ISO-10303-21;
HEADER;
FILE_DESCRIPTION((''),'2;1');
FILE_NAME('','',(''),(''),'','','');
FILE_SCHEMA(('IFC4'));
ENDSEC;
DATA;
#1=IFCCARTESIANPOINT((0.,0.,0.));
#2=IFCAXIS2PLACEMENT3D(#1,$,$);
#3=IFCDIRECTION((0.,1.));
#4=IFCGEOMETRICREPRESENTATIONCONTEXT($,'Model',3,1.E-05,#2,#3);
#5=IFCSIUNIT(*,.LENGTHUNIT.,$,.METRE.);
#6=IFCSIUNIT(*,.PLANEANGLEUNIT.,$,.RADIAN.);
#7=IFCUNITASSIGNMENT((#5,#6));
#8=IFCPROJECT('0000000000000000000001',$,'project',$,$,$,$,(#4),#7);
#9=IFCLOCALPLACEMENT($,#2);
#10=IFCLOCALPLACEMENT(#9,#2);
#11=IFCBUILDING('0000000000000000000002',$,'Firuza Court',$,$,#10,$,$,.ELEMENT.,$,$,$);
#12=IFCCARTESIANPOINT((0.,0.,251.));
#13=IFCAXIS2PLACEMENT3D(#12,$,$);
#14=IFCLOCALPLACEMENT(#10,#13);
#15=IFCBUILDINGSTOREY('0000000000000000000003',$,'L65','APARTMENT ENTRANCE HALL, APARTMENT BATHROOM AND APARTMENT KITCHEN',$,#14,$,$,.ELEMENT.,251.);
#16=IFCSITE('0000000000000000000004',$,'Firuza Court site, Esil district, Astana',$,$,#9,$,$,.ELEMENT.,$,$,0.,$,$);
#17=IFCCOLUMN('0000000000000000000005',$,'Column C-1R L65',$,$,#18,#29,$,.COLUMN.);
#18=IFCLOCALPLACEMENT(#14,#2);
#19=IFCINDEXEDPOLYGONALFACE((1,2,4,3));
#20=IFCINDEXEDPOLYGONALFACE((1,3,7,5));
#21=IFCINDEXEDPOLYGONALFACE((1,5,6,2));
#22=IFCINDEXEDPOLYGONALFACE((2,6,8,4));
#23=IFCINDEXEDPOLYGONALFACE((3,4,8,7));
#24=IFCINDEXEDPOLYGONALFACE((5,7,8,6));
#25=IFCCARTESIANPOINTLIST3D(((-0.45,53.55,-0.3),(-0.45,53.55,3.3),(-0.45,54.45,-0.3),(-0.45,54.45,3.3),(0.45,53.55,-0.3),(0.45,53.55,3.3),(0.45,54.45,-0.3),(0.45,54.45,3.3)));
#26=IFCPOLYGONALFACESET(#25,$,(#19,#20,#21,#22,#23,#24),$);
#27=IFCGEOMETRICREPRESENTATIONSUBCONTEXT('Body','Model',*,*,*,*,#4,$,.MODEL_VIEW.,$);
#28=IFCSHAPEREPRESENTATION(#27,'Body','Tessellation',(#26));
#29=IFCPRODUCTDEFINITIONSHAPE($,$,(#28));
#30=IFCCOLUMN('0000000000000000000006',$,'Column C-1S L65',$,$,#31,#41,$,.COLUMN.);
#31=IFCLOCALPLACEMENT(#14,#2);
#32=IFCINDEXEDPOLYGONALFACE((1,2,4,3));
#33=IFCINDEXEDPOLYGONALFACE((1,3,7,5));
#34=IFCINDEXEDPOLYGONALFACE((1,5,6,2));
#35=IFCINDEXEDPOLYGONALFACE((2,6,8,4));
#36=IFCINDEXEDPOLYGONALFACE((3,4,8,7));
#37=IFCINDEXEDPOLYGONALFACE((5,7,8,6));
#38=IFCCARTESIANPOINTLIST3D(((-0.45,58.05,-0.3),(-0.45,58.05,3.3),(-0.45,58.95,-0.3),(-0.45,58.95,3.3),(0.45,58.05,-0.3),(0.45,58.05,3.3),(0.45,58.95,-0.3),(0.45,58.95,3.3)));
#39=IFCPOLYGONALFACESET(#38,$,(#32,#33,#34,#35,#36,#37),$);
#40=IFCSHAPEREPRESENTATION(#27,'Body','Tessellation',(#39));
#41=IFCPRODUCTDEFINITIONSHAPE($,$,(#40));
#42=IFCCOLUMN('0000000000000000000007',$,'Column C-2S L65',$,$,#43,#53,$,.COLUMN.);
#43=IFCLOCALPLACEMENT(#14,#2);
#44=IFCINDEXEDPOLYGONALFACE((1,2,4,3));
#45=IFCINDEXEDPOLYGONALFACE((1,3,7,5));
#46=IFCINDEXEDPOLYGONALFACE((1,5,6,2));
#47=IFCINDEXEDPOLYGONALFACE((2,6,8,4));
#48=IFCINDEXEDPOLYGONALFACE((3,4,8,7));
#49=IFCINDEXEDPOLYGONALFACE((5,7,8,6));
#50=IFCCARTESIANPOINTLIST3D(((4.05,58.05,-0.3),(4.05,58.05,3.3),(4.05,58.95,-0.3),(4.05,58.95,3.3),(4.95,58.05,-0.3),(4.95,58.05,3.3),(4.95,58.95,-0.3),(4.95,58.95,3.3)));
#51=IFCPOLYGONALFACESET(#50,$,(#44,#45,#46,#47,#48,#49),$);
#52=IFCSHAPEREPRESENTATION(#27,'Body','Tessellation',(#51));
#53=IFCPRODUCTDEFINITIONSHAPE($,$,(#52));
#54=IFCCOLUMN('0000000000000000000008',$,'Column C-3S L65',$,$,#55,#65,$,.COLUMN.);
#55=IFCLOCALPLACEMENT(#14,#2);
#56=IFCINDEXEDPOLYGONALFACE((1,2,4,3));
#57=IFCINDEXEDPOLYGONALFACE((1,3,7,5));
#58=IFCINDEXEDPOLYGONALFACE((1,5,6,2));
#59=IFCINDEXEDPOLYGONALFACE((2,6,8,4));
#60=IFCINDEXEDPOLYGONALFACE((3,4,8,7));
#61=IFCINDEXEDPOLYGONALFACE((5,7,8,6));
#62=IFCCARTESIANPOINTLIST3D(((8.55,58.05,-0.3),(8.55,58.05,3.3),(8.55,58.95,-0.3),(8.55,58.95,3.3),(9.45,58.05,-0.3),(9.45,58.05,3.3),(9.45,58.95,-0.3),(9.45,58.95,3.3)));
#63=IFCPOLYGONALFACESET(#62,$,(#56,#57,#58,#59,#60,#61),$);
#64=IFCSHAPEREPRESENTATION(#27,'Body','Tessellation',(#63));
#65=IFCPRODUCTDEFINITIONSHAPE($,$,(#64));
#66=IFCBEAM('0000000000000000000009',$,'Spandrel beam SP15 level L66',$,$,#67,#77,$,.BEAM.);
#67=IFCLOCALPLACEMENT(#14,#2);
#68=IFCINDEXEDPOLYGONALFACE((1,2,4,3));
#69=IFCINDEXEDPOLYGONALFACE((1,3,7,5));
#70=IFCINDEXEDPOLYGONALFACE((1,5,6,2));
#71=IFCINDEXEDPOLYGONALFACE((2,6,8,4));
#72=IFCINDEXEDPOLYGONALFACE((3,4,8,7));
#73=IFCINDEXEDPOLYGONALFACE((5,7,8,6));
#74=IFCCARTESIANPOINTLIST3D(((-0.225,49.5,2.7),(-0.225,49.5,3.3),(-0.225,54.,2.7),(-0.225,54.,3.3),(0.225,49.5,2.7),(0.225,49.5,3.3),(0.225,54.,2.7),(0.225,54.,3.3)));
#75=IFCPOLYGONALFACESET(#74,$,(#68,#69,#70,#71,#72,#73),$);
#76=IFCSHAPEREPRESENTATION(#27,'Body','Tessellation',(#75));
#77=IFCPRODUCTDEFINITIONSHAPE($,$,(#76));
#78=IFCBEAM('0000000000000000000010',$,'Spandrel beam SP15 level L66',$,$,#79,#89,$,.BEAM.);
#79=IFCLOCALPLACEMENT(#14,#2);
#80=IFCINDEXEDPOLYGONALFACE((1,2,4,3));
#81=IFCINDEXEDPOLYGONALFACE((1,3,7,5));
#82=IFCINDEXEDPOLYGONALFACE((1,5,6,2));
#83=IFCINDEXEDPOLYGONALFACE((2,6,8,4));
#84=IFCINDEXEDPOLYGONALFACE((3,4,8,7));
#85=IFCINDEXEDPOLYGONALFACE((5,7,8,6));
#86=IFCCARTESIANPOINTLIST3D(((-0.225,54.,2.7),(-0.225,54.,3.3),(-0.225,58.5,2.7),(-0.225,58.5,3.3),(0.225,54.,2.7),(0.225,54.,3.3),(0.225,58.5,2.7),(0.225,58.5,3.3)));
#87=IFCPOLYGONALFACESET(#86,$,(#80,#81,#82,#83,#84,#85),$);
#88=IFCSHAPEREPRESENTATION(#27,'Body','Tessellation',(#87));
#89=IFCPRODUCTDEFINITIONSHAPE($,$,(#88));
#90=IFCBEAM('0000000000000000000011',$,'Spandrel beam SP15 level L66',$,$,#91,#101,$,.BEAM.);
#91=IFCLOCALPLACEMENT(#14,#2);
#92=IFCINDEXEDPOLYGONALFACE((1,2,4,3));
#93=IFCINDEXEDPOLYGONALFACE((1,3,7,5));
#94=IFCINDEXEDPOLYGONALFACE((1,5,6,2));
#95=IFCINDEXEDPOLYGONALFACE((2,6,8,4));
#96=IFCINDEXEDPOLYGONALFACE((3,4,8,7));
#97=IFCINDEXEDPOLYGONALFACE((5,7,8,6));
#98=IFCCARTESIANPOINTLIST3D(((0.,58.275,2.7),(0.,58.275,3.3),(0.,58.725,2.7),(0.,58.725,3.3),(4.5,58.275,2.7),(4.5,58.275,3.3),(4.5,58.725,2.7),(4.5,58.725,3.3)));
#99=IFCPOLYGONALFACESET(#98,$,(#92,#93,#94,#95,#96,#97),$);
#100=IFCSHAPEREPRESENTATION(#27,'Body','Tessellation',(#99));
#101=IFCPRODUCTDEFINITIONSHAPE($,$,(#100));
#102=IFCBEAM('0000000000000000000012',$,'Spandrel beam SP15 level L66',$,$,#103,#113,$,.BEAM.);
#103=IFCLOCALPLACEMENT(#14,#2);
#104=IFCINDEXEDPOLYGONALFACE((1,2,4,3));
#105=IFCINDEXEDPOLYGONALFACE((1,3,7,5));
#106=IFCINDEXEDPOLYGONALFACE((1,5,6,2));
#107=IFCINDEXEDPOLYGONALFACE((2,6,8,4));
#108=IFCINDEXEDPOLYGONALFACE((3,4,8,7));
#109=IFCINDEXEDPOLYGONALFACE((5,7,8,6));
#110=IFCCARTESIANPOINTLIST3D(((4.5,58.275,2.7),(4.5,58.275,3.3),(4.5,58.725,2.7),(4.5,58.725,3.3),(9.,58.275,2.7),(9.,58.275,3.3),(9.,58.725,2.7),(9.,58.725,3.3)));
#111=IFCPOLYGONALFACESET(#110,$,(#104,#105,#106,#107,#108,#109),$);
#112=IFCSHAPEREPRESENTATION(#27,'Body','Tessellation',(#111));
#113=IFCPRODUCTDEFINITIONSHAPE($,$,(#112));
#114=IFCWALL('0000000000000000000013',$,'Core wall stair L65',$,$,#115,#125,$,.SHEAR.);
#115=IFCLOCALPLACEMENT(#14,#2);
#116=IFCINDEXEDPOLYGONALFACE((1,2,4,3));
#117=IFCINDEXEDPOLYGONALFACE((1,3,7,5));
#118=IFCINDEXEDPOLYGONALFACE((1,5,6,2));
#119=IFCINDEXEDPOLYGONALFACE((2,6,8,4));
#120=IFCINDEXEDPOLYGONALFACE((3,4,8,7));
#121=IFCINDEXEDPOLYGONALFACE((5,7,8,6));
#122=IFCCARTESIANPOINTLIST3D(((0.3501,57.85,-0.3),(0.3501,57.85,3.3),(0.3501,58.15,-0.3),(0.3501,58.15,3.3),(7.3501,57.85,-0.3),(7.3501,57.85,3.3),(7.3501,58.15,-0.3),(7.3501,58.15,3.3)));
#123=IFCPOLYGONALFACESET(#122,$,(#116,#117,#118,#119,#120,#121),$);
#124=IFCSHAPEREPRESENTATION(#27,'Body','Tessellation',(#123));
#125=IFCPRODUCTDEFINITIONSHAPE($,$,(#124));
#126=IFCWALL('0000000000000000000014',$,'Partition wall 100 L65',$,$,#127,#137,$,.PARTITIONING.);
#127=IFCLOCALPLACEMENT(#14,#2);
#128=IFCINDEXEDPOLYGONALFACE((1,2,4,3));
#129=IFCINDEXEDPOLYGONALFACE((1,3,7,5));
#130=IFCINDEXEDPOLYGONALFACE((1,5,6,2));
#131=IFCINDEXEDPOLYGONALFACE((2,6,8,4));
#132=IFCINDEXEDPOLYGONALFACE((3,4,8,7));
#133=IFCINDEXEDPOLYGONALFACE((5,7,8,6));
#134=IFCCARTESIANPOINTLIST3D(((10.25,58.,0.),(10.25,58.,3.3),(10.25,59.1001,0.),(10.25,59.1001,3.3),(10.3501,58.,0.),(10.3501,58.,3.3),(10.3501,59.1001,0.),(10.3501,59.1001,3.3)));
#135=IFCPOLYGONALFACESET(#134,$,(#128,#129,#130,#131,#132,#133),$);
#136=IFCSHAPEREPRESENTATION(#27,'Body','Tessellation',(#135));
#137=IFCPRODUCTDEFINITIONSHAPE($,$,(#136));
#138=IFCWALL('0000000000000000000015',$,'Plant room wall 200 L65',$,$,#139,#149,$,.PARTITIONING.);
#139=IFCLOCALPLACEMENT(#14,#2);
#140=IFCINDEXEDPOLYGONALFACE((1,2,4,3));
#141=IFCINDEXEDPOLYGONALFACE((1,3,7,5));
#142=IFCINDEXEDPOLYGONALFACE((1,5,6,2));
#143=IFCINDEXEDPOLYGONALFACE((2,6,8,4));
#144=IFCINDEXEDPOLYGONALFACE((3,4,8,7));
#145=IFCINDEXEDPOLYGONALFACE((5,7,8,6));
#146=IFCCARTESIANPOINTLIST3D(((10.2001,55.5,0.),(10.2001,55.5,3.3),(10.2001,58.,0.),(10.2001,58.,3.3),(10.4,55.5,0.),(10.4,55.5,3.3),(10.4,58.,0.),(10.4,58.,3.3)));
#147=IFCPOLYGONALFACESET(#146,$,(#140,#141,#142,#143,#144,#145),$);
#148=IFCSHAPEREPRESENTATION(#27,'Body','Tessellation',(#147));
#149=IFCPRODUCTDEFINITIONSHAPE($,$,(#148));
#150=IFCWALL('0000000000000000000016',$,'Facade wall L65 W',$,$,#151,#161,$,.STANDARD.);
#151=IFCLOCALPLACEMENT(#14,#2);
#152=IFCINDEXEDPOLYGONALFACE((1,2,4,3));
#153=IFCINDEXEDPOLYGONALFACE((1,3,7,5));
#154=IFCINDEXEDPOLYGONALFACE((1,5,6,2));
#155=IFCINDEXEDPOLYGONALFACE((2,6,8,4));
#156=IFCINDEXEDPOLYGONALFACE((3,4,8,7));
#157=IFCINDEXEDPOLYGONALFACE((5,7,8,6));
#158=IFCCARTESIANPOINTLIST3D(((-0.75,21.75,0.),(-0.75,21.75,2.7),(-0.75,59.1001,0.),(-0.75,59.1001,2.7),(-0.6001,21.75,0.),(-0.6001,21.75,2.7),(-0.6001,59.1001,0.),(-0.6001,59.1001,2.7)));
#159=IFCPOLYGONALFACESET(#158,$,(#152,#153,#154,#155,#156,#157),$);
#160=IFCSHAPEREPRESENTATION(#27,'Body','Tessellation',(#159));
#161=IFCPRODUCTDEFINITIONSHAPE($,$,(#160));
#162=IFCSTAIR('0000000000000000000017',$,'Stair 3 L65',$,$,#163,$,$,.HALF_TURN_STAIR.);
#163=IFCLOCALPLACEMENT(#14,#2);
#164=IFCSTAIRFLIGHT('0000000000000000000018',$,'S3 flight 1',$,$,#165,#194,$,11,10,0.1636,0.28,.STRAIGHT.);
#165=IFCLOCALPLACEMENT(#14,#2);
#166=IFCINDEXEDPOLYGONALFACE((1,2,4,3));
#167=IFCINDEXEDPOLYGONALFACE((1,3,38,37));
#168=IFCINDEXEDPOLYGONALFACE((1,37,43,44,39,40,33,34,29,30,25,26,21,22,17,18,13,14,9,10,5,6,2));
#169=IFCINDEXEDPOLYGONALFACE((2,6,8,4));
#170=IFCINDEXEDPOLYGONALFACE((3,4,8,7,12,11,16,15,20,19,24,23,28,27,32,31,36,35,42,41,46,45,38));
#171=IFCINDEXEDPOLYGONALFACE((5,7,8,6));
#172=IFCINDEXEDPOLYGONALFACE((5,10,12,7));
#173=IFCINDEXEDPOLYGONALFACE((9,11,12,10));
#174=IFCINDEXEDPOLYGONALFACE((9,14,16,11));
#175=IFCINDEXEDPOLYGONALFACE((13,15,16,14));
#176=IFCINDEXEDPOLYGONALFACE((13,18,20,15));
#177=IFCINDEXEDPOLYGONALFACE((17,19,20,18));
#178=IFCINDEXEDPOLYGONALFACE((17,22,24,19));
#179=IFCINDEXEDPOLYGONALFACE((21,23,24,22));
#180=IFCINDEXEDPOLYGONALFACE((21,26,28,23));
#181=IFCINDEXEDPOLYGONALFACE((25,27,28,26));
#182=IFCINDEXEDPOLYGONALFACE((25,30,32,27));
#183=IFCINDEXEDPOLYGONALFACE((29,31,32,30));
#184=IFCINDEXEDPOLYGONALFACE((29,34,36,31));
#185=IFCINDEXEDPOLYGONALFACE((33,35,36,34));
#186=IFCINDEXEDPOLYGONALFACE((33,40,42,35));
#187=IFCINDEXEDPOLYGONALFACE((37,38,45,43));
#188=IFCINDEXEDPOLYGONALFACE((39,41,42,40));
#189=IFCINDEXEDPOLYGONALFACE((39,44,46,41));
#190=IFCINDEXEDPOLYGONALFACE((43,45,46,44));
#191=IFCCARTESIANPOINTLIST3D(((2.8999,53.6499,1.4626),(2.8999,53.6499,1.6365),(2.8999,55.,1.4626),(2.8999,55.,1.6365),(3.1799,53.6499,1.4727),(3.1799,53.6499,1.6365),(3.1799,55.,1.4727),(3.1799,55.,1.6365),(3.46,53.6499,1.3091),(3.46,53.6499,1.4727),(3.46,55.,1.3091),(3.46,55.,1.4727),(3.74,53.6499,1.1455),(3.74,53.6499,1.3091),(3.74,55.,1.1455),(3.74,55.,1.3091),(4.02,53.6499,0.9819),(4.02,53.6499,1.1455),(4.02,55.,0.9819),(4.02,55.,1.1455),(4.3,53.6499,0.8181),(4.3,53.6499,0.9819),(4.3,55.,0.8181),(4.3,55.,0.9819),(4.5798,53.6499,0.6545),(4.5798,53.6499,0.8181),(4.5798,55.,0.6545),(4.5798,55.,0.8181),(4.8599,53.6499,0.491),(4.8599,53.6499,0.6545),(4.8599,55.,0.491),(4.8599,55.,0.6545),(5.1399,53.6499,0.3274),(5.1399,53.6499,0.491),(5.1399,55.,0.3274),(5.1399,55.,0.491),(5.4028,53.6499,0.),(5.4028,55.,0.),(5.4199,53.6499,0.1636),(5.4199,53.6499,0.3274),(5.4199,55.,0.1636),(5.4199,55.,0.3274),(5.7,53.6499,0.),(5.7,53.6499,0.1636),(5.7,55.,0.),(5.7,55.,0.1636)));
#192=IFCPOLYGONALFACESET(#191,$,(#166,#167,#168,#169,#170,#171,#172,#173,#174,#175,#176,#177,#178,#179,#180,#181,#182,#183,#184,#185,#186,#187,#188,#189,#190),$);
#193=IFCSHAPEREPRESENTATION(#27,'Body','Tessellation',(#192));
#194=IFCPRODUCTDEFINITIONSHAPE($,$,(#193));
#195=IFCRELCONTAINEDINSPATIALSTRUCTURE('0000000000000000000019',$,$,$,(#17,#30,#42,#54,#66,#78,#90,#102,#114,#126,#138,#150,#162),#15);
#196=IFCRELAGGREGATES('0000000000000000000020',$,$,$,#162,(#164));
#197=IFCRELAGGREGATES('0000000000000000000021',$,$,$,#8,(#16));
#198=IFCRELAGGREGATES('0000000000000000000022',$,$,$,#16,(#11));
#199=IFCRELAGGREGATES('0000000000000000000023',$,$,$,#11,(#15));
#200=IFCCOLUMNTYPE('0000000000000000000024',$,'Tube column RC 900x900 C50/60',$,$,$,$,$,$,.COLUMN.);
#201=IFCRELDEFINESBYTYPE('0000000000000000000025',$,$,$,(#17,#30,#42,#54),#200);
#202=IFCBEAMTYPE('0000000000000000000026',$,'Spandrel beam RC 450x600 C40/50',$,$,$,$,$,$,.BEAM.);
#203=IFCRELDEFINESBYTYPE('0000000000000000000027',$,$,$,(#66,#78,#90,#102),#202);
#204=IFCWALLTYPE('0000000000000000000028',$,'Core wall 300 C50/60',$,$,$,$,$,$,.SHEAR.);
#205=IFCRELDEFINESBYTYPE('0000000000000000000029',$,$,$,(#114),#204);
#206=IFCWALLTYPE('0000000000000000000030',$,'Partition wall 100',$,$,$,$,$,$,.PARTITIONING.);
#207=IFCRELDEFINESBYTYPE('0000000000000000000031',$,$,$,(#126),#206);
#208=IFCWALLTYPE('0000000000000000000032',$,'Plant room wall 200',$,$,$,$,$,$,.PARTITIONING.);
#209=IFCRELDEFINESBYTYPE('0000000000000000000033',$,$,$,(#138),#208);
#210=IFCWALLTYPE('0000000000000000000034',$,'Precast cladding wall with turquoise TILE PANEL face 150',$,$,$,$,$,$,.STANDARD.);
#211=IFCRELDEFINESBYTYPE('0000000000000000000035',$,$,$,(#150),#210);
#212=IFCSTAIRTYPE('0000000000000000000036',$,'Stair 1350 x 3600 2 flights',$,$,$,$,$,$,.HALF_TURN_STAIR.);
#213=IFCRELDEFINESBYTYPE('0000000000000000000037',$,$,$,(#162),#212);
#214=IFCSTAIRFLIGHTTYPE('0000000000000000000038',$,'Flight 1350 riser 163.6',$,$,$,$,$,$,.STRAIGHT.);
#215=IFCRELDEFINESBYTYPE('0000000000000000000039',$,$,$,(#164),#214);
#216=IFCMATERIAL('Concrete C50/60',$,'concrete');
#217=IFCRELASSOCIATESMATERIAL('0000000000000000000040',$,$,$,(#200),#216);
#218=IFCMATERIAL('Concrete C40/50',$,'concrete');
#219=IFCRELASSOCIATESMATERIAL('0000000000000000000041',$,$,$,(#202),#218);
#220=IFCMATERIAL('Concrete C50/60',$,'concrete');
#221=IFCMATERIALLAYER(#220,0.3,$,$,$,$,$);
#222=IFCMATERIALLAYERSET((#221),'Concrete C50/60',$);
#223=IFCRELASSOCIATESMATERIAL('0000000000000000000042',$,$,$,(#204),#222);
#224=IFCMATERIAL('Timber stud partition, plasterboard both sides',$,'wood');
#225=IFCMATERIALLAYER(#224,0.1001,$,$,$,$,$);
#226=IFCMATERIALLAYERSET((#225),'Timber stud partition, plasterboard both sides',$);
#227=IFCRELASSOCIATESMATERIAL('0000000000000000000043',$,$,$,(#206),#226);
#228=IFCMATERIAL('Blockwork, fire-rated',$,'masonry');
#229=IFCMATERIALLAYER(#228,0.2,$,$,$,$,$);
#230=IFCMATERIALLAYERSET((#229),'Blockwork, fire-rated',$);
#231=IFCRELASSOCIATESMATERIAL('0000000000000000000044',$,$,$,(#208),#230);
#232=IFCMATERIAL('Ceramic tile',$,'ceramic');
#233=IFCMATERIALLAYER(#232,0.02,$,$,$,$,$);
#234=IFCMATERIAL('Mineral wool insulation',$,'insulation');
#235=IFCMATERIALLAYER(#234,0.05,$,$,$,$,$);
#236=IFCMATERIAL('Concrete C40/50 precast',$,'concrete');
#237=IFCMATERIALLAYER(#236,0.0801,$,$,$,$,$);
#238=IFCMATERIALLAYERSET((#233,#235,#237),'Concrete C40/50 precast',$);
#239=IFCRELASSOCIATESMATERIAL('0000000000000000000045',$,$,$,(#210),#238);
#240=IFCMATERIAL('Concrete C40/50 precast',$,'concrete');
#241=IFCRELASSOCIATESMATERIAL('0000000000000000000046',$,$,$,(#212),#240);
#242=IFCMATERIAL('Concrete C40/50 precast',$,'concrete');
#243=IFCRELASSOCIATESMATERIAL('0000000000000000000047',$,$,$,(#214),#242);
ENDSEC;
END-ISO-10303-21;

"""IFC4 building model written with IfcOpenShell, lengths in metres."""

from ifc_helpers import new_model, si_unit, direction, frame, frame_2d, origin, origin_2d, place, context, subcontext, project, spatial, polyline, rectangle, outline, extrude, material, layer, layer_set, material_profile, profile_set, type_object, element, aggregate, save


model = new_model("IFC4")

# Units and contexts
model_context = context("Model", 3, precision=1e-05, world=origin(), true_north=direction((0.0, 1.0)))
body_context = subcontext(model_context, "Body", "Model", "MODEL_VIEW")
ifc_project = project(units=[si_unit("LENGTHUNIT", "METRE"), si_unit("PLANEANGLEUNIT", "RADIAN")], contexts=[model_context])

# Site, building, storey
site_placement = place(None, origin())
site = spatial("IfcSite", under=ifc_project, at=site_placement, Name="Firuza Court site, Esil district, Astana", CompositionType="ELEMENT", RefElevation=0.0)
building_placement = place(site_placement, origin())
building = spatial("IfcBuilding", under=site, at=building_placement, Name="Firuza Court", CompositionType="ELEMENT")
storey_placement = place(building_placement, frame((0.0, 0.0, 251.0)))
storey = spatial("IfcBuildingStorey", under=building, at=storey_placement, Name="L65", Description="APARTMENT ENTRANCE HALL, APARTMENT BATHROOM AND APARTMENT KITCHEN", CompositionType="ELEMENT", Elevation=251.0)

# Columns
ifc_material_1 = material(Name="Concrete C50/60", Category="concrete")
ifc_material_profile_1 = material_profile(ifc_material_1, rectangle(XDim=0.8999, YDim=0.8999, at=origin_2d()), Name="RC 900x900")
ifc_profile_set_1 = profile_set([ifc_material_profile_1], Name="Concrete C50/60")
column_type = type_object("IfcColumnType", Name="Tube column RC 900x900 C50/60", PredefinedType="COLUMN", material=ifc_profile_set_1)
for number, where, z_axis, x_axis, name in (
    (1, (0.0, 54.0, -0.3), (0.0, 0.0, 1.0), (1.0, 0.0, 0.0), "Column C-1R L65"),
    (2, (0.0, 58.5, -0.3), (0.0, 0.0, 1.0), (1.0, 0.0, 0.0), "Column C-1S L65"),
    (3, (4.5, 58.5, -0.3), (0.0, 0.0, 1.0), (1.0, 0.0, 0.0), "Column C-2S L65"),
    (4, (9.0, 58.5, -0.3), (0.0, 0.0, 1.0), (1.0, 0.0, 0.0), "Column C-3S L65"),
):
    element("IfcColumn", number, at=place(storey_placement, frame(where, z_axis=z_axis, x_axis=x_axis)), inside=storey, type_object=column_type, Name=name, PredefinedType="COLUMN", context=body_context, shape_type="SweptSolid", body=[
        extrude(rectangle(XDim=0.8999, YDim=0.8999, at=origin_2d()), origin(), (0.0, 0.0, 1.0), 3.6001),
    ])

# Beams
ifc_material_2 = material(Name="Concrete C40/50", Category="concrete")
ifc_material_profile_2 = material_profile(ifc_material_2, rectangle(XDim=0.45, YDim=0.6001, at=origin_2d()), Name="RC 450x600")
ifc_profile_set_2 = profile_set([ifc_material_profile_2], Name="Concrete C40/50")
beam_type = type_object("IfcBeamType", Name="Spandrel beam RC 450x600 C40/50", PredefinedType="BEAM", material=ifc_profile_set_2)
for number, where, z_axis, x_axis, name in (
    (5, (0.0, 54.0, 3.0), (0.0, -1.0, 0.0), (1.0, 0.0, 0.0), "Spandrel beam SP15 level L66"),
    (6, (0.0, 58.5, 3.0), (0.0, -1.0, 0.0), (1.0, 0.0, 0.0), "Spandrel beam SP15 level L66"),
    (7, (4.5, 58.5, 3.0), (-1.0, 0.0, 0.0), (0.0, -1.0, 0.0), "Spandrel beam SP15 level L66"),
    (8, (9.0, 58.5, 3.0), (-1.0, 0.0, 0.0), (0.0, -1.0, 0.0), "Spandrel beam SP15 level L66"),
):
    element("IfcBeam", number, at=place(storey_placement, frame(where, z_axis=z_axis, x_axis=x_axis)), inside=storey, type_object=beam_type, Name=name, PredefinedType="BEAM", context=body_context, shape_type="SweptSolid", body=[
        extrude(rectangle(XDim=0.45, YDim=0.6001, at=origin_2d()), origin(), (0.0, 0.0, 1.0), 4.5),
    ])

# Walls
ifc_material_3 = material(Name="Concrete C50/60", Category="concrete")
ifc_layer_1 = layer(ifc_material_3, 0.3)
ifc_layer_set_1 = layer_set([ifc_layer_1], Name="Concrete C50/60")
wall_type_1 = type_object("IfcWallType", Name="Core wall 300 C50/60", PredefinedType="SHEAR", material=ifc_layer_set_1)
wall_1_placement = place(storey_placement, frame((0.3501, 58.0, -0.3), z_axis=(0.0, 0.0, 1.0), x_axis=(1.0, 0.0, 0.0)))
element("IfcWall", 9, at=wall_1_placement, inside=storey, type_object=wall_type_1, Name="Core wall stair L65", PredefinedType="SHEAR", context=body_context, shape_type="SweptSolid", body=[
    extrude(rectangle(XDim=7.0, YDim=0.3, at=frame_2d((3.5, 0.0))), origin(), (0.0, 0.0, 1.0), 3.6001),
])
ifc_material_4 = material(Name="Timber stud partition, plasterboard both sides", Category="wood")
ifc_layer_2 = layer(ifc_material_4, 0.1001)
ifc_layer_set_2 = layer_set([ifc_layer_2], Name="Timber stud partition, plasterboard both sides")
wall_type_2 = type_object("IfcWallType", Name="Partition wall 100", PredefinedType="PARTITIONING", material=ifc_layer_set_2)
wall_2_placement = place(storey_placement, frame((10.3, 58.0, 0.0), z_axis=(0.0, 0.0, 1.0), x_axis=(0.0, 1.0, 0.0)))
element("IfcWall", 10, at=wall_2_placement, inside=storey, type_object=wall_type_2, Name="Partition wall 100 L65", PredefinedType="PARTITIONING", context=body_context, shape_type="SweptSolid", body=[
    extrude(rectangle(XDim=1.1001, YDim=0.1001, at=frame_2d((0.55, 0.0))), origin(), (0.0, 0.0, 1.0), 3.3),
])
ifc_material_5 = material(Name="Blockwork, fire-rated", Category="masonry")
ifc_layer_3 = layer(ifc_material_5, 0.2)
ifc_layer_set_3 = layer_set([ifc_layer_3], Name="Blockwork, fire-rated")
wall_type_3 = type_object("IfcWallType", Name="Plant room wall 200", PredefinedType="PARTITIONING", material=ifc_layer_set_3)
wall_3_placement = place(storey_placement, frame((10.3, 55.5, 0.0), z_axis=(0.0, 0.0, 1.0), x_axis=(0.0, 1.0, 0.0)))
element("IfcWall", 11, at=wall_3_placement, inside=storey, type_object=wall_type_3, Name="Plant room wall 200 L65", PredefinedType="PARTITIONING", context=body_context, shape_type="SweptSolid", body=[
    extrude(rectangle(XDim=2.5, YDim=0.2, at=frame_2d((1.25, 0.0))), origin(), (0.0, 0.0, 1.0), 3.3),
])
ifc_material_6 = material(Name="Ceramic tile", Category="ceramic")
ifc_layer_4 = layer(ifc_material_6, 0.02)
ifc_material_7 = material(Name="Mineral wool insulation", Category="insulation")
ifc_layer_5 = layer(ifc_material_7, 0.05)
ifc_material_8 = material(Name="Concrete C40/50 precast", Category="concrete")
ifc_layer_6 = layer(ifc_material_8, 0.0801)
ifc_layer_set_4 = layer_set([ifc_layer_4, ifc_layer_5, ifc_layer_6], Name="Concrete C40/50 precast")
wall_type_4 = type_object("IfcWallType", Name="Precast cladding wall with turquoise TILE PANEL face 150", PredefinedType="STANDARD", material=ifc_layer_set_4)
wall_4_placement = place(storey_placement, frame((-0.675, 59.1001, 0.0), z_axis=(0.0, 0.0, 1.0), x_axis=(0.0, -1.0, 0.0)))
element("IfcWall", 12, at=wall_4_placement, inside=storey, type_object=wall_type_4, Name="Facade wall L65 W", PredefinedType="STANDARD", context=body_context, shape_type="SweptSolid", body=[
    extrude(rectangle(XDim=37.3501, YDim=0.1499, at=frame_2d((18.675, 0.0))), origin(), (0.0, 0.0, 1.0), 2.7),
])

# Stair, stair flight
ifc_material_9 = material(Name="Concrete C40/50 precast", Category="concrete")
stair_type = type_object("IfcStairType", Name="Stair 1350 x 3600 2 flights", PredefinedType="HALF_TURN_STAIR", material=ifc_material_9)
stair_placement = place(storey_placement, origin())
stair = element("IfcStair", 13, at=stair_placement, inside=storey, type_object=stair_type, Name="Stair 3 L65", PredefinedType="HALF_TURN_STAIR")
ifc_material_10 = material(Name="Concrete C40/50 precast", Category="concrete")
stair_flight_type = type_object("IfcStairFlightType", Name="Flight 1350 riser 163.6", PredefinedType="STRAIGHT", material=ifc_material_10)
stair_flight_1_placement = place(storey_placement, frame((5.7, 54.325, 0.0), z_axis=(0.0, 0.0, 1.0), x_axis=(-1.0, 0.0, 0.0)))
stair_flight_1 = element("IfcStairFlight", 14, at=stair_flight_1_placement, type_object=stair_flight_type, Name="S3 flight 1", NumberOfRisers=11, NumberOfTreads=10, PredefinedType="STRAIGHT", RiserHeight=0.1636, TreadLength=0.28, context=body_context, shape_type="SweptSolid", body=[
    extrude(outline(polyline([(0.0, 0.0), (0.0, 0.1636), (0.28, 0.1636), (0.28, 0.3274), (0.5601, 0.3274), (0.5601, 0.491), (0.8401, 0.491), (0.8401, 0.6545), (1.1201, 0.6545), (1.1201, 0.8181), (1.3999, 0.8181), (1.3999, 0.9819), (1.6799, 0.9819), (1.6799, 1.1455), (1.96, 1.1455), (1.96, 1.3091), (2.24, 1.3091), (2.24, 1.4727), (2.52, 1.4727), (2.52, 1.6365), (2.8, 1.6365), (2.8, 1.8), (2.8, 1.4626), (0.2971, 0.0), (0.0, 0.0)])), frame((0.0, 0.675, 0.0), z_axis=(0.0, -1.0, 0.0), x_axis=(1.0, 0.0, 0.0)), (0.0, 0.0, 1.0), 1.3501),
])
aggregate(stair, [stair_flight_1])

save(model, "model.ifc")
